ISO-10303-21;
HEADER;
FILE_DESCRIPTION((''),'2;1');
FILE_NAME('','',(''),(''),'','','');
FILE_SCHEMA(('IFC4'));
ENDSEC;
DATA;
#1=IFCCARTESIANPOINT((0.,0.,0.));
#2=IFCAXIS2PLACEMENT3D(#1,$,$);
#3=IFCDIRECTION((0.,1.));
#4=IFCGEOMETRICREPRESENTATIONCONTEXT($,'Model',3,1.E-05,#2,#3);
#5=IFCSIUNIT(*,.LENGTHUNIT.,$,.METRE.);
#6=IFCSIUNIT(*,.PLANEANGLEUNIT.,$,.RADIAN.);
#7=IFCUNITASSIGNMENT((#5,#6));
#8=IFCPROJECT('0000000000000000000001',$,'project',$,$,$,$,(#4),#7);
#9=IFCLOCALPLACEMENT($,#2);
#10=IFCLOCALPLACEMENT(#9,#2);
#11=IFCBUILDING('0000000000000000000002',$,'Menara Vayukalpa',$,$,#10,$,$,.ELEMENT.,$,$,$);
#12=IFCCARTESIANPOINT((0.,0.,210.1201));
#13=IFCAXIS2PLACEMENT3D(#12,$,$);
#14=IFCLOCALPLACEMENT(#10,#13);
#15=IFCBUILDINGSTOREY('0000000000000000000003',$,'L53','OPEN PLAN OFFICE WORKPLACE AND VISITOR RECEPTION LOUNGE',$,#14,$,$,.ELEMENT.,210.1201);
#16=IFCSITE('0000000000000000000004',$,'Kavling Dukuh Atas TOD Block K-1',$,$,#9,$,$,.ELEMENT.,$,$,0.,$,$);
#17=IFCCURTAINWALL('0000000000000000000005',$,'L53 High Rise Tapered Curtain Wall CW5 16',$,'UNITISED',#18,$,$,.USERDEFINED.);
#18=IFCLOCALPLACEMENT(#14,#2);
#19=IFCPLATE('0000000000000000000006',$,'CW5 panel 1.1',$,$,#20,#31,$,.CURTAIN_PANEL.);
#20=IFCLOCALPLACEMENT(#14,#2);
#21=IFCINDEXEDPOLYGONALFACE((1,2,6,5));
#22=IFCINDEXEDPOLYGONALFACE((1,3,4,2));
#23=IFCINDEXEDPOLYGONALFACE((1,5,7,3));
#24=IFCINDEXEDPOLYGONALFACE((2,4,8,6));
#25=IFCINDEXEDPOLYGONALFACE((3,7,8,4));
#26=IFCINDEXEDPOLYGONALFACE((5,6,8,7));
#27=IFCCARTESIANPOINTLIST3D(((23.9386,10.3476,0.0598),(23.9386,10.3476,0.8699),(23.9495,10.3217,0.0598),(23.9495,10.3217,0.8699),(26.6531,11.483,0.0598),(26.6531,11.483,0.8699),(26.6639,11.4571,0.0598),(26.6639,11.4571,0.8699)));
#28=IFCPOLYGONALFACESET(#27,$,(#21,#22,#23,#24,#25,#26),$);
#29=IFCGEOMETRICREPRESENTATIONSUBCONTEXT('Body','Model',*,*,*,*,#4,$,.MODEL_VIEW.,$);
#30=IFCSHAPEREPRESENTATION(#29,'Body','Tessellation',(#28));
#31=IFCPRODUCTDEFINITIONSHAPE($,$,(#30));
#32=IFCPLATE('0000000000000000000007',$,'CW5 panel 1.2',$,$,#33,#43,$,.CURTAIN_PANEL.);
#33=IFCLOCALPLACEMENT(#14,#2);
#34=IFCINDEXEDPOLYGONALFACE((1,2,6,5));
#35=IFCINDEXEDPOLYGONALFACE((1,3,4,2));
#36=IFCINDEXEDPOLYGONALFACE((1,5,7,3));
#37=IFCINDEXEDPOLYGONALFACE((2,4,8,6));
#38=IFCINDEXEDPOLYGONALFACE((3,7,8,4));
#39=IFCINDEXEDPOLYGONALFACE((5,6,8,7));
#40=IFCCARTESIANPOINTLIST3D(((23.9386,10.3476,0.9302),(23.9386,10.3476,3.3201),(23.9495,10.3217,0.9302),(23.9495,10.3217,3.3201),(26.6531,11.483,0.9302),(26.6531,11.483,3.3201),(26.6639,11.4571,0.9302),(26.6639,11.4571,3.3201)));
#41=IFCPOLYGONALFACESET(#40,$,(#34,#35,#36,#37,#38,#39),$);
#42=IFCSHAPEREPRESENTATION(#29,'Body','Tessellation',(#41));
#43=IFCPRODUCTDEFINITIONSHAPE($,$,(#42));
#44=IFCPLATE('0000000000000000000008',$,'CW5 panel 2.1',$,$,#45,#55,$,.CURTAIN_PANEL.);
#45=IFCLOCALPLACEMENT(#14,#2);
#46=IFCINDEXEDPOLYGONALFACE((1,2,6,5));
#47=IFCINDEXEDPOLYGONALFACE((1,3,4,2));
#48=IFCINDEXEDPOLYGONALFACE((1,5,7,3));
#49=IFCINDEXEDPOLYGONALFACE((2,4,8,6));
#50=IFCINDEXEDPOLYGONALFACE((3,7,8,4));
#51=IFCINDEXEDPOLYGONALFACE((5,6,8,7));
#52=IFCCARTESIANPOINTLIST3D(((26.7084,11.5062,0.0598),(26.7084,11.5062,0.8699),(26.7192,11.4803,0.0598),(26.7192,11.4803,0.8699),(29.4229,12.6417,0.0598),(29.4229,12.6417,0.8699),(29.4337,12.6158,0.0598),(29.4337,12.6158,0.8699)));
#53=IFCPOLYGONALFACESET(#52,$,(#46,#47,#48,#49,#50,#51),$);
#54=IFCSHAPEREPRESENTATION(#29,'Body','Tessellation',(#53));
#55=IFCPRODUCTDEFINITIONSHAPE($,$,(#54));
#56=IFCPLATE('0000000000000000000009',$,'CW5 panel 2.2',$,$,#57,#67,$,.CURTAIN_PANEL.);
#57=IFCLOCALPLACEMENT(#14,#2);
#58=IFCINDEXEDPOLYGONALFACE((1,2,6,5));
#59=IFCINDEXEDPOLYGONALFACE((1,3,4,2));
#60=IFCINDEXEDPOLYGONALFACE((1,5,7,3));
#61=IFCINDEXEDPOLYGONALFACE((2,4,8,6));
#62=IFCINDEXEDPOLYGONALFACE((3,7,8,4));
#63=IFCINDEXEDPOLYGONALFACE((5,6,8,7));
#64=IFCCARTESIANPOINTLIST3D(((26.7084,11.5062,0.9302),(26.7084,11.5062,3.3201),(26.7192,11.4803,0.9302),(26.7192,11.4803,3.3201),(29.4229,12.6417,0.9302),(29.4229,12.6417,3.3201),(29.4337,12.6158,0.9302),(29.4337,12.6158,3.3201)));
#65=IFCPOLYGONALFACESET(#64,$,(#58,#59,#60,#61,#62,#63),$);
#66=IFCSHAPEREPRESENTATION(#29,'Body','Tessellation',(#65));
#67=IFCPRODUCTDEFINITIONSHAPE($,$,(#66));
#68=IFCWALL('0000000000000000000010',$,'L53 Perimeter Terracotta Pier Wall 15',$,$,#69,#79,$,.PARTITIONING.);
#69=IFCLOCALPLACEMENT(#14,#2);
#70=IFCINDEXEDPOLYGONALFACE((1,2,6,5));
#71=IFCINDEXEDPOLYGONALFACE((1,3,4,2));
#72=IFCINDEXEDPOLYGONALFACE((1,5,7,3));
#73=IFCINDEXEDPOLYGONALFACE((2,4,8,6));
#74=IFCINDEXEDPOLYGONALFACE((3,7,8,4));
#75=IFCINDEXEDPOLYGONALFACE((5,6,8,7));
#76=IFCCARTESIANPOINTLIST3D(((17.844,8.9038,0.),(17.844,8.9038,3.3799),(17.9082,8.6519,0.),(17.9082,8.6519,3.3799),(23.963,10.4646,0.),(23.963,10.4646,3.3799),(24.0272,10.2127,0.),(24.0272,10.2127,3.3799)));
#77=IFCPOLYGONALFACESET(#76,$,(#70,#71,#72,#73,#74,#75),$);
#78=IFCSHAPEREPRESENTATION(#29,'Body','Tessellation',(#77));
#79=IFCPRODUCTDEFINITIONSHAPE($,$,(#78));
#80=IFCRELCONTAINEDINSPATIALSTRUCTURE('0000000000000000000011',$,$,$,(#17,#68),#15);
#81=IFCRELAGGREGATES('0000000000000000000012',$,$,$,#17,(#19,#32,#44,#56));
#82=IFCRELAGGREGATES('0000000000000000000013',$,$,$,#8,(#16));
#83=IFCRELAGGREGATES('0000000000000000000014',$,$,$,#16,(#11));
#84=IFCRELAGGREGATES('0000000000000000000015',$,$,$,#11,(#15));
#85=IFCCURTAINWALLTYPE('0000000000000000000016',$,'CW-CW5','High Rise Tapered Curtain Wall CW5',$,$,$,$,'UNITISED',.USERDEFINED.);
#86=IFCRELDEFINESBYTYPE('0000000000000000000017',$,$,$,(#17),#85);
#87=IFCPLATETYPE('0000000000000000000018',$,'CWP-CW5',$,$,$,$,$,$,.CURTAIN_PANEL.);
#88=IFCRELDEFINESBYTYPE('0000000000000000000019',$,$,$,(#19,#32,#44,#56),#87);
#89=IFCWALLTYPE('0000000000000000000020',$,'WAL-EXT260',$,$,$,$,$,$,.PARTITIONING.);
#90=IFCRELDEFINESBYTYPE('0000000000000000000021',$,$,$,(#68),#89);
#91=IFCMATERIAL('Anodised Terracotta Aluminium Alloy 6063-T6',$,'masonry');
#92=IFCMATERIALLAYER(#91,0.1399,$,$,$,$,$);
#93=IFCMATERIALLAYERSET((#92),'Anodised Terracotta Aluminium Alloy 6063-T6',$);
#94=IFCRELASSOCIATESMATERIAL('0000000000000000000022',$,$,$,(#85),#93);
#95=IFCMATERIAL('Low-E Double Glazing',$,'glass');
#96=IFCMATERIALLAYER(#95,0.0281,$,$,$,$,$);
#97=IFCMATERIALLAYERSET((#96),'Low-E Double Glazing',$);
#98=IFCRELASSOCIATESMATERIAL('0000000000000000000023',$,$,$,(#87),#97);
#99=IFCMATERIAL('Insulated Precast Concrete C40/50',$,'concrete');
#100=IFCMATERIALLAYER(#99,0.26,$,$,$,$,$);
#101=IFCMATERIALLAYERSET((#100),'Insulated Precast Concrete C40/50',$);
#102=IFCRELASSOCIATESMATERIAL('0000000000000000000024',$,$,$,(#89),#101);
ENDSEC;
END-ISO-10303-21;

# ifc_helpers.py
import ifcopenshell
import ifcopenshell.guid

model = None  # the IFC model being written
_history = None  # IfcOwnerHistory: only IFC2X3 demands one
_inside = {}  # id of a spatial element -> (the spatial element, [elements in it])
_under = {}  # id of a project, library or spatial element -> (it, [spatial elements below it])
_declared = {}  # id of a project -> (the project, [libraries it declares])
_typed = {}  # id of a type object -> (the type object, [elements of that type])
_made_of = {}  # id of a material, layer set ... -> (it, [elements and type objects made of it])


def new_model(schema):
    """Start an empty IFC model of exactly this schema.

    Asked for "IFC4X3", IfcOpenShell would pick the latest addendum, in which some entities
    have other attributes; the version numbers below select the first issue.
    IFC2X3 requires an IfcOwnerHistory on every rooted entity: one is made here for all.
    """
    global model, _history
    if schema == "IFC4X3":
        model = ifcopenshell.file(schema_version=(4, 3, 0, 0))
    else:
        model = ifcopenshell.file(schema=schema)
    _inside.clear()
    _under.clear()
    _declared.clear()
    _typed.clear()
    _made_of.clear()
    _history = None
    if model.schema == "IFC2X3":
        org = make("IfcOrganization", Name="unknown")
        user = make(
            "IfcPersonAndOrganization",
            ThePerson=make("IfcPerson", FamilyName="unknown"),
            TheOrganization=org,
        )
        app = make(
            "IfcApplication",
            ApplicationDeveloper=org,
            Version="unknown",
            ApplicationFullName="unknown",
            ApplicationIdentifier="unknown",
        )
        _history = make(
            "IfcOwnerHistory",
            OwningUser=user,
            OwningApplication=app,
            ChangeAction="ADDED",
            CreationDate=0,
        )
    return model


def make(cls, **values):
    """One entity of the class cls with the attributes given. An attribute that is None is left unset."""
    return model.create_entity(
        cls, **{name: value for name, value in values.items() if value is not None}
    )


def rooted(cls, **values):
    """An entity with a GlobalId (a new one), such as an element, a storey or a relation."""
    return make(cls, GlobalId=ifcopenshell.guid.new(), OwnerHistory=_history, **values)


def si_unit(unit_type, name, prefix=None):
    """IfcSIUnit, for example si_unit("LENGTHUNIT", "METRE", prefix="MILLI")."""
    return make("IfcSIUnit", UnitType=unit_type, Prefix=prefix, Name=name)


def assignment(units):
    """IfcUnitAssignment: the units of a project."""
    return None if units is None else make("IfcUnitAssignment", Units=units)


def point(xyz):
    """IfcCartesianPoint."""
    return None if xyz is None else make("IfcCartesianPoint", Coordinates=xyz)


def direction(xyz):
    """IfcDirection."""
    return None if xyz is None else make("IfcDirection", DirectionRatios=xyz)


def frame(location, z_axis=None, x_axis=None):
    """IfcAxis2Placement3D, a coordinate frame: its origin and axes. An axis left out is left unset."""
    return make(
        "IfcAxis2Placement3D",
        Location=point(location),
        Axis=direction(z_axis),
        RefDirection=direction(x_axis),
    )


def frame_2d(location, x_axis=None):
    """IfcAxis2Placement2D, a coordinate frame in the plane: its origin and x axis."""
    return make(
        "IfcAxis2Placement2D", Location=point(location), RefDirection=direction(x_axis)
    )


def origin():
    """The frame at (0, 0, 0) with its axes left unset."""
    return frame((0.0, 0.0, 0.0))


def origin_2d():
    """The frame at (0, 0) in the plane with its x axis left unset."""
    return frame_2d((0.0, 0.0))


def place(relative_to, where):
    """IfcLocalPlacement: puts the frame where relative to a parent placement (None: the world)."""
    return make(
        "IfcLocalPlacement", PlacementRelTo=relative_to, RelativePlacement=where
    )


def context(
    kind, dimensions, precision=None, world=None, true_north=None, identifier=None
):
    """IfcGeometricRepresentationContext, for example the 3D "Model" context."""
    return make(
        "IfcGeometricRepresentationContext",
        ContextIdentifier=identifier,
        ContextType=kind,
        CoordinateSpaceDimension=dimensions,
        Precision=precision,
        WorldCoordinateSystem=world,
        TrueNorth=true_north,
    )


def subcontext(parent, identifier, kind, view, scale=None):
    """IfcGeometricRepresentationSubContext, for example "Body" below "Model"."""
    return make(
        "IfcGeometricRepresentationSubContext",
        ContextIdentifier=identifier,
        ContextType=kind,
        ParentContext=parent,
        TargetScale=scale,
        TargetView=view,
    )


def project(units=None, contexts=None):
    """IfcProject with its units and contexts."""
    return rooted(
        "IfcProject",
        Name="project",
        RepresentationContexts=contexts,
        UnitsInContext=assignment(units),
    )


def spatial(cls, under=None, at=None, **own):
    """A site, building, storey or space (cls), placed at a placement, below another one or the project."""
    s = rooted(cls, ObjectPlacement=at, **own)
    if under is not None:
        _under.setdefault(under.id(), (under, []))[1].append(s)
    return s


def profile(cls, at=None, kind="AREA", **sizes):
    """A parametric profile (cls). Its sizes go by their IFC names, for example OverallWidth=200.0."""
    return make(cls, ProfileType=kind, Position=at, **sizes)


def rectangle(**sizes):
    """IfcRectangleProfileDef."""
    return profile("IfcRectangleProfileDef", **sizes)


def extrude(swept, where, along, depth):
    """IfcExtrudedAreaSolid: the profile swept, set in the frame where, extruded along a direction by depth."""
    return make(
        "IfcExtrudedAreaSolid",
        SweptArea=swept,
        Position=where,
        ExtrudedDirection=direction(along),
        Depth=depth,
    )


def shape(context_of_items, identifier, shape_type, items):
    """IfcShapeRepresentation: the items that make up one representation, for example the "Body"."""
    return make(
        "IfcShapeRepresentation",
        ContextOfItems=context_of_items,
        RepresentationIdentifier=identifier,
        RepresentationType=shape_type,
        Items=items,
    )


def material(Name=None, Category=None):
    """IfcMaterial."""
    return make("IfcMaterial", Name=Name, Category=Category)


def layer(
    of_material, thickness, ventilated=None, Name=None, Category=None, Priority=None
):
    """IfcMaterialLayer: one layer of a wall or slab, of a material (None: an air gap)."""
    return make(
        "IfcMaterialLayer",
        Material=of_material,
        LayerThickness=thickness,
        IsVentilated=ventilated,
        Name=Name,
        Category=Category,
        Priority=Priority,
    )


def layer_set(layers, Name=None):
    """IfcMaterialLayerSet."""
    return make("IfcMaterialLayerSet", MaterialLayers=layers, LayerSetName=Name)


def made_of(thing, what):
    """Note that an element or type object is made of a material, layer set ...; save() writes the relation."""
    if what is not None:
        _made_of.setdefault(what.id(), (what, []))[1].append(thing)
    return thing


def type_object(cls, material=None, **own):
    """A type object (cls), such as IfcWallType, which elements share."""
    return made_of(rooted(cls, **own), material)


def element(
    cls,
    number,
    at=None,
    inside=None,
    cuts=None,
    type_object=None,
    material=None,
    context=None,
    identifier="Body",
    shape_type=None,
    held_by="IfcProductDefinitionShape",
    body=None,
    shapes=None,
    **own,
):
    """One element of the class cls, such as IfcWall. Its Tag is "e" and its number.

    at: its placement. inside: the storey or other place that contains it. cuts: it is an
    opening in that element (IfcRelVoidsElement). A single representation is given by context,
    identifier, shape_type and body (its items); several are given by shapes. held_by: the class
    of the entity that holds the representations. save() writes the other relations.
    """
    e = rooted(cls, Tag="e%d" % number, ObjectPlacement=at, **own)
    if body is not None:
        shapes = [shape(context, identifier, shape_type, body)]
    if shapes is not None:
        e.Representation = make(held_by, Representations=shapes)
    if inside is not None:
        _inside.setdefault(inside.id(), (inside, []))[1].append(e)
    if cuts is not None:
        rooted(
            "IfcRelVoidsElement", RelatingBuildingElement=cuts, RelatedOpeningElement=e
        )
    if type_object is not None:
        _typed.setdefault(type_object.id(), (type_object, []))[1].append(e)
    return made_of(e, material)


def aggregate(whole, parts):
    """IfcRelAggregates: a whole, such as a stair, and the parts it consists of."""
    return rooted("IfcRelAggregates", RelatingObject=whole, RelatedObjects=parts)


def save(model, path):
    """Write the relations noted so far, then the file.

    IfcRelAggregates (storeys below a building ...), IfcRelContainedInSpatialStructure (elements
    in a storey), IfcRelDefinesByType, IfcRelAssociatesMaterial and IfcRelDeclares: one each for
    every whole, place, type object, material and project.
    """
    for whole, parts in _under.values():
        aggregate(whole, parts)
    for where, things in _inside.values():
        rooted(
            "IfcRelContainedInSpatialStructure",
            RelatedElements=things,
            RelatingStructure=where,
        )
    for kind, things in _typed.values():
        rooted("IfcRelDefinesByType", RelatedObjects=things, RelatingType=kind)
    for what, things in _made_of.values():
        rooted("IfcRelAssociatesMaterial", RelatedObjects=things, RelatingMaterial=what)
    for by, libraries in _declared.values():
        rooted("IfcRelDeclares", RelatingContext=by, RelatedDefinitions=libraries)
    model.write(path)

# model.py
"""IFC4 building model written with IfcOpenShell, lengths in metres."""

from ifc_helpers import new_model, si_unit, direction, frame, frame_2d, origin, origin_2d, place, context, subcontext, project, spatial, rectangle, extrude, material, layer, layer_set, type_object, element, aggregate, save


model = new_model("IFC4")

# Units and contexts
model_context = context("Model", 3, precision=1e-05, world=origin(), true_north=direction((0.0, 1.0)))
body_context = subcontext(model_context, "Body", "Model", "MODEL_VIEW")
ifc_project = project(units=[si_unit("LENGTHUNIT", "METRE"), si_unit("PLANEANGLEUNIT", "RADIAN")], contexts=[model_context])

# Site, building, storey
site_placement = place(None, origin())
site = spatial("IfcSite", under=ifc_project, at=site_placement, Name="Kavling Dukuh Atas TOD Block K-1", CompositionType="ELEMENT", RefElevation=0.0)
building_placement = place(site_placement, origin())
building = spatial("IfcBuilding", under=site, at=building_placement, Name="Menara Vayukalpa", CompositionType="ELEMENT")
storey_placement = place(building_placement, frame((0.0, 0.0, 210.1201)))
storey = spatial("IfcBuildingStorey", under=building, at=storey_placement, Name="L53", Description="OPEN PLAN OFFICE WORKPLACE AND VISITOR RECEPTION LOUNGE", CompositionType="ELEMENT", Elevation=210.1201)

# Curtain wall, plates
ifc_material_1 = material(Name="Anodised Terracotta Aluminium Alloy 6063-T6", Category="masonry")
ifc_layer_1 = layer(ifc_material_1, 0.1399)
ifc_layer_set_1 = layer_set([ifc_layer_1], Name="Anodised Terracotta Aluminium Alloy 6063-T6")
curtain_wall_type = type_object("IfcCurtainWallType", Name="CW-CW5", Description="High Rise Tapered Curtain Wall CW5", ElementType="UNITISED", PredefinedType="USERDEFINED", material=ifc_layer_set_1)
curtain_wall_placement = place(storey_placement, origin())
curtain_wall = element("IfcCurtainWall", 1, at=curtain_wall_placement, inside=storey, type_object=curtain_wall_type, Name="L53 High Rise Tapered Curtain Wall CW5 16", ObjectType="UNITISED", PredefinedType="USERDEFINED")
ifc_material_2 = material(Name="Low-E Double Glazing", Category="glass")
ifc_layer_2 = layer(ifc_material_2, 0.0281)
ifc_layer_set_2 = layer_set([ifc_layer_2], Name="Low-E Double Glazing")
plate_type = type_object("IfcPlateType", Name="CWP-CW5", PredefinedType="CURTAIN_PANEL", material=ifc_layer_set_2)
plate_1_placement = place(storey_placement, frame((25.3013, 10.9023, 0.0598), z_axis=(0.0, 0.0, 1.0), x_axis=(0.922539, 0.385903, 0.0)))
plate_1 = element("IfcPlate", 2, at=plate_1_placement, type_object=plate_type, Name="CW5 panel 1.1", PredefinedType="CURTAIN_PANEL", context=body_context, shape_type="SweptSolid", body=[
    extrude(rectangle(XDim=2.9424, YDim=0.0281, at=origin_2d()), origin(), (0.0, 0.0, 1.0), 0.8101),
])
plate_2_placement = place(storey_placement, frame((25.3013, 10.9023, 0.9302), z_axis=(0.0, 0.0, 1.0), x_axis=(0.922539, 0.385903, 0.0)))
plate_2 = element("IfcPlate", 3, at=plate_2_placement, type_object=plate_type, Name="CW5 panel 1.2", PredefinedType="CURTAIN_PANEL", context=body_context, shape_type="SweptSolid", body=[
    extrude(rectangle(XDim=2.9424, YDim=0.0281, at=origin_2d()), origin(), (0.0, 0.0, 1.0), 2.3899),
])
plate_3_placement = place(storey_placement, frame((28.071, 12.061, 0.0598), z_axis=(0.0, 0.0, 1.0), x_axis=(0.922539, 0.385903, 0.0)))
plate_3 = element("IfcPlate", 4, at=plate_3_placement, type_object=plate_type, Name="CW5 panel 2.1", PredefinedType="CURTAIN_PANEL", context=body_context, shape_type="SweptSolid", body=[
    extrude(rectangle(XDim=2.9424, YDim=0.0281, at=origin_2d()), origin(), (0.0, 0.0, 1.0), 0.8101),
])
plate_4_placement = place(storey_placement, frame((28.071, 12.061, 0.9302), z_axis=(0.0, 0.0, 1.0), x_axis=(0.922539, 0.385903, 0.0)))
plate_4 = element("IfcPlate", 5, at=plate_4_placement, type_object=plate_type, Name="CW5 panel 2.2", PredefinedType="CURTAIN_PANEL", context=body_context, shape_type="SweptSolid", body=[
    extrude(rectangle(XDim=2.9424, YDim=0.0281, at=origin_2d()), origin(), (0.0, 0.0, 1.0), 2.3899),
])
aggregate(curtain_wall, [plate_1, plate_2, plate_3, plate_4])

# Wall
ifc_material_3 = material(Name="Insulated Precast Concrete C40/50", Category="concrete")
ifc_layer_3 = layer(ifc_material_3, 0.26)
ifc_layer_set_3 = layer_set([ifc_layer_3], Name="Insulated Precast Concrete C40/50")
wall_type = type_object("IfcWallType", Name="WAL-EXT260", PredefinedType="PARTITIONING", material=ifc_layer_set_3)
wall_placement = place(storey_placement, frame((23.9951, 10.3386, 0.0), z_axis=(0.0, 0.0, 1.0), x_axis=(-0.968976, -0.247154, 0.0)))
element("IfcWall", 6, at=wall_placement, inside=storey, type_object=wall_type, Name="L53 Perimeter Terracotta Pier Wall 15", PredefinedType="PARTITIONING", context=body_context, shape_type="SweptSolid", body=[
    extrude(rectangle(XDim=6.3149, YDim=0.26, at=frame_2d((3.1575, 0.0))), origin(), (0.0, 0.0, 1.0), 3.3799),
])

save(model, "model.ifc")
